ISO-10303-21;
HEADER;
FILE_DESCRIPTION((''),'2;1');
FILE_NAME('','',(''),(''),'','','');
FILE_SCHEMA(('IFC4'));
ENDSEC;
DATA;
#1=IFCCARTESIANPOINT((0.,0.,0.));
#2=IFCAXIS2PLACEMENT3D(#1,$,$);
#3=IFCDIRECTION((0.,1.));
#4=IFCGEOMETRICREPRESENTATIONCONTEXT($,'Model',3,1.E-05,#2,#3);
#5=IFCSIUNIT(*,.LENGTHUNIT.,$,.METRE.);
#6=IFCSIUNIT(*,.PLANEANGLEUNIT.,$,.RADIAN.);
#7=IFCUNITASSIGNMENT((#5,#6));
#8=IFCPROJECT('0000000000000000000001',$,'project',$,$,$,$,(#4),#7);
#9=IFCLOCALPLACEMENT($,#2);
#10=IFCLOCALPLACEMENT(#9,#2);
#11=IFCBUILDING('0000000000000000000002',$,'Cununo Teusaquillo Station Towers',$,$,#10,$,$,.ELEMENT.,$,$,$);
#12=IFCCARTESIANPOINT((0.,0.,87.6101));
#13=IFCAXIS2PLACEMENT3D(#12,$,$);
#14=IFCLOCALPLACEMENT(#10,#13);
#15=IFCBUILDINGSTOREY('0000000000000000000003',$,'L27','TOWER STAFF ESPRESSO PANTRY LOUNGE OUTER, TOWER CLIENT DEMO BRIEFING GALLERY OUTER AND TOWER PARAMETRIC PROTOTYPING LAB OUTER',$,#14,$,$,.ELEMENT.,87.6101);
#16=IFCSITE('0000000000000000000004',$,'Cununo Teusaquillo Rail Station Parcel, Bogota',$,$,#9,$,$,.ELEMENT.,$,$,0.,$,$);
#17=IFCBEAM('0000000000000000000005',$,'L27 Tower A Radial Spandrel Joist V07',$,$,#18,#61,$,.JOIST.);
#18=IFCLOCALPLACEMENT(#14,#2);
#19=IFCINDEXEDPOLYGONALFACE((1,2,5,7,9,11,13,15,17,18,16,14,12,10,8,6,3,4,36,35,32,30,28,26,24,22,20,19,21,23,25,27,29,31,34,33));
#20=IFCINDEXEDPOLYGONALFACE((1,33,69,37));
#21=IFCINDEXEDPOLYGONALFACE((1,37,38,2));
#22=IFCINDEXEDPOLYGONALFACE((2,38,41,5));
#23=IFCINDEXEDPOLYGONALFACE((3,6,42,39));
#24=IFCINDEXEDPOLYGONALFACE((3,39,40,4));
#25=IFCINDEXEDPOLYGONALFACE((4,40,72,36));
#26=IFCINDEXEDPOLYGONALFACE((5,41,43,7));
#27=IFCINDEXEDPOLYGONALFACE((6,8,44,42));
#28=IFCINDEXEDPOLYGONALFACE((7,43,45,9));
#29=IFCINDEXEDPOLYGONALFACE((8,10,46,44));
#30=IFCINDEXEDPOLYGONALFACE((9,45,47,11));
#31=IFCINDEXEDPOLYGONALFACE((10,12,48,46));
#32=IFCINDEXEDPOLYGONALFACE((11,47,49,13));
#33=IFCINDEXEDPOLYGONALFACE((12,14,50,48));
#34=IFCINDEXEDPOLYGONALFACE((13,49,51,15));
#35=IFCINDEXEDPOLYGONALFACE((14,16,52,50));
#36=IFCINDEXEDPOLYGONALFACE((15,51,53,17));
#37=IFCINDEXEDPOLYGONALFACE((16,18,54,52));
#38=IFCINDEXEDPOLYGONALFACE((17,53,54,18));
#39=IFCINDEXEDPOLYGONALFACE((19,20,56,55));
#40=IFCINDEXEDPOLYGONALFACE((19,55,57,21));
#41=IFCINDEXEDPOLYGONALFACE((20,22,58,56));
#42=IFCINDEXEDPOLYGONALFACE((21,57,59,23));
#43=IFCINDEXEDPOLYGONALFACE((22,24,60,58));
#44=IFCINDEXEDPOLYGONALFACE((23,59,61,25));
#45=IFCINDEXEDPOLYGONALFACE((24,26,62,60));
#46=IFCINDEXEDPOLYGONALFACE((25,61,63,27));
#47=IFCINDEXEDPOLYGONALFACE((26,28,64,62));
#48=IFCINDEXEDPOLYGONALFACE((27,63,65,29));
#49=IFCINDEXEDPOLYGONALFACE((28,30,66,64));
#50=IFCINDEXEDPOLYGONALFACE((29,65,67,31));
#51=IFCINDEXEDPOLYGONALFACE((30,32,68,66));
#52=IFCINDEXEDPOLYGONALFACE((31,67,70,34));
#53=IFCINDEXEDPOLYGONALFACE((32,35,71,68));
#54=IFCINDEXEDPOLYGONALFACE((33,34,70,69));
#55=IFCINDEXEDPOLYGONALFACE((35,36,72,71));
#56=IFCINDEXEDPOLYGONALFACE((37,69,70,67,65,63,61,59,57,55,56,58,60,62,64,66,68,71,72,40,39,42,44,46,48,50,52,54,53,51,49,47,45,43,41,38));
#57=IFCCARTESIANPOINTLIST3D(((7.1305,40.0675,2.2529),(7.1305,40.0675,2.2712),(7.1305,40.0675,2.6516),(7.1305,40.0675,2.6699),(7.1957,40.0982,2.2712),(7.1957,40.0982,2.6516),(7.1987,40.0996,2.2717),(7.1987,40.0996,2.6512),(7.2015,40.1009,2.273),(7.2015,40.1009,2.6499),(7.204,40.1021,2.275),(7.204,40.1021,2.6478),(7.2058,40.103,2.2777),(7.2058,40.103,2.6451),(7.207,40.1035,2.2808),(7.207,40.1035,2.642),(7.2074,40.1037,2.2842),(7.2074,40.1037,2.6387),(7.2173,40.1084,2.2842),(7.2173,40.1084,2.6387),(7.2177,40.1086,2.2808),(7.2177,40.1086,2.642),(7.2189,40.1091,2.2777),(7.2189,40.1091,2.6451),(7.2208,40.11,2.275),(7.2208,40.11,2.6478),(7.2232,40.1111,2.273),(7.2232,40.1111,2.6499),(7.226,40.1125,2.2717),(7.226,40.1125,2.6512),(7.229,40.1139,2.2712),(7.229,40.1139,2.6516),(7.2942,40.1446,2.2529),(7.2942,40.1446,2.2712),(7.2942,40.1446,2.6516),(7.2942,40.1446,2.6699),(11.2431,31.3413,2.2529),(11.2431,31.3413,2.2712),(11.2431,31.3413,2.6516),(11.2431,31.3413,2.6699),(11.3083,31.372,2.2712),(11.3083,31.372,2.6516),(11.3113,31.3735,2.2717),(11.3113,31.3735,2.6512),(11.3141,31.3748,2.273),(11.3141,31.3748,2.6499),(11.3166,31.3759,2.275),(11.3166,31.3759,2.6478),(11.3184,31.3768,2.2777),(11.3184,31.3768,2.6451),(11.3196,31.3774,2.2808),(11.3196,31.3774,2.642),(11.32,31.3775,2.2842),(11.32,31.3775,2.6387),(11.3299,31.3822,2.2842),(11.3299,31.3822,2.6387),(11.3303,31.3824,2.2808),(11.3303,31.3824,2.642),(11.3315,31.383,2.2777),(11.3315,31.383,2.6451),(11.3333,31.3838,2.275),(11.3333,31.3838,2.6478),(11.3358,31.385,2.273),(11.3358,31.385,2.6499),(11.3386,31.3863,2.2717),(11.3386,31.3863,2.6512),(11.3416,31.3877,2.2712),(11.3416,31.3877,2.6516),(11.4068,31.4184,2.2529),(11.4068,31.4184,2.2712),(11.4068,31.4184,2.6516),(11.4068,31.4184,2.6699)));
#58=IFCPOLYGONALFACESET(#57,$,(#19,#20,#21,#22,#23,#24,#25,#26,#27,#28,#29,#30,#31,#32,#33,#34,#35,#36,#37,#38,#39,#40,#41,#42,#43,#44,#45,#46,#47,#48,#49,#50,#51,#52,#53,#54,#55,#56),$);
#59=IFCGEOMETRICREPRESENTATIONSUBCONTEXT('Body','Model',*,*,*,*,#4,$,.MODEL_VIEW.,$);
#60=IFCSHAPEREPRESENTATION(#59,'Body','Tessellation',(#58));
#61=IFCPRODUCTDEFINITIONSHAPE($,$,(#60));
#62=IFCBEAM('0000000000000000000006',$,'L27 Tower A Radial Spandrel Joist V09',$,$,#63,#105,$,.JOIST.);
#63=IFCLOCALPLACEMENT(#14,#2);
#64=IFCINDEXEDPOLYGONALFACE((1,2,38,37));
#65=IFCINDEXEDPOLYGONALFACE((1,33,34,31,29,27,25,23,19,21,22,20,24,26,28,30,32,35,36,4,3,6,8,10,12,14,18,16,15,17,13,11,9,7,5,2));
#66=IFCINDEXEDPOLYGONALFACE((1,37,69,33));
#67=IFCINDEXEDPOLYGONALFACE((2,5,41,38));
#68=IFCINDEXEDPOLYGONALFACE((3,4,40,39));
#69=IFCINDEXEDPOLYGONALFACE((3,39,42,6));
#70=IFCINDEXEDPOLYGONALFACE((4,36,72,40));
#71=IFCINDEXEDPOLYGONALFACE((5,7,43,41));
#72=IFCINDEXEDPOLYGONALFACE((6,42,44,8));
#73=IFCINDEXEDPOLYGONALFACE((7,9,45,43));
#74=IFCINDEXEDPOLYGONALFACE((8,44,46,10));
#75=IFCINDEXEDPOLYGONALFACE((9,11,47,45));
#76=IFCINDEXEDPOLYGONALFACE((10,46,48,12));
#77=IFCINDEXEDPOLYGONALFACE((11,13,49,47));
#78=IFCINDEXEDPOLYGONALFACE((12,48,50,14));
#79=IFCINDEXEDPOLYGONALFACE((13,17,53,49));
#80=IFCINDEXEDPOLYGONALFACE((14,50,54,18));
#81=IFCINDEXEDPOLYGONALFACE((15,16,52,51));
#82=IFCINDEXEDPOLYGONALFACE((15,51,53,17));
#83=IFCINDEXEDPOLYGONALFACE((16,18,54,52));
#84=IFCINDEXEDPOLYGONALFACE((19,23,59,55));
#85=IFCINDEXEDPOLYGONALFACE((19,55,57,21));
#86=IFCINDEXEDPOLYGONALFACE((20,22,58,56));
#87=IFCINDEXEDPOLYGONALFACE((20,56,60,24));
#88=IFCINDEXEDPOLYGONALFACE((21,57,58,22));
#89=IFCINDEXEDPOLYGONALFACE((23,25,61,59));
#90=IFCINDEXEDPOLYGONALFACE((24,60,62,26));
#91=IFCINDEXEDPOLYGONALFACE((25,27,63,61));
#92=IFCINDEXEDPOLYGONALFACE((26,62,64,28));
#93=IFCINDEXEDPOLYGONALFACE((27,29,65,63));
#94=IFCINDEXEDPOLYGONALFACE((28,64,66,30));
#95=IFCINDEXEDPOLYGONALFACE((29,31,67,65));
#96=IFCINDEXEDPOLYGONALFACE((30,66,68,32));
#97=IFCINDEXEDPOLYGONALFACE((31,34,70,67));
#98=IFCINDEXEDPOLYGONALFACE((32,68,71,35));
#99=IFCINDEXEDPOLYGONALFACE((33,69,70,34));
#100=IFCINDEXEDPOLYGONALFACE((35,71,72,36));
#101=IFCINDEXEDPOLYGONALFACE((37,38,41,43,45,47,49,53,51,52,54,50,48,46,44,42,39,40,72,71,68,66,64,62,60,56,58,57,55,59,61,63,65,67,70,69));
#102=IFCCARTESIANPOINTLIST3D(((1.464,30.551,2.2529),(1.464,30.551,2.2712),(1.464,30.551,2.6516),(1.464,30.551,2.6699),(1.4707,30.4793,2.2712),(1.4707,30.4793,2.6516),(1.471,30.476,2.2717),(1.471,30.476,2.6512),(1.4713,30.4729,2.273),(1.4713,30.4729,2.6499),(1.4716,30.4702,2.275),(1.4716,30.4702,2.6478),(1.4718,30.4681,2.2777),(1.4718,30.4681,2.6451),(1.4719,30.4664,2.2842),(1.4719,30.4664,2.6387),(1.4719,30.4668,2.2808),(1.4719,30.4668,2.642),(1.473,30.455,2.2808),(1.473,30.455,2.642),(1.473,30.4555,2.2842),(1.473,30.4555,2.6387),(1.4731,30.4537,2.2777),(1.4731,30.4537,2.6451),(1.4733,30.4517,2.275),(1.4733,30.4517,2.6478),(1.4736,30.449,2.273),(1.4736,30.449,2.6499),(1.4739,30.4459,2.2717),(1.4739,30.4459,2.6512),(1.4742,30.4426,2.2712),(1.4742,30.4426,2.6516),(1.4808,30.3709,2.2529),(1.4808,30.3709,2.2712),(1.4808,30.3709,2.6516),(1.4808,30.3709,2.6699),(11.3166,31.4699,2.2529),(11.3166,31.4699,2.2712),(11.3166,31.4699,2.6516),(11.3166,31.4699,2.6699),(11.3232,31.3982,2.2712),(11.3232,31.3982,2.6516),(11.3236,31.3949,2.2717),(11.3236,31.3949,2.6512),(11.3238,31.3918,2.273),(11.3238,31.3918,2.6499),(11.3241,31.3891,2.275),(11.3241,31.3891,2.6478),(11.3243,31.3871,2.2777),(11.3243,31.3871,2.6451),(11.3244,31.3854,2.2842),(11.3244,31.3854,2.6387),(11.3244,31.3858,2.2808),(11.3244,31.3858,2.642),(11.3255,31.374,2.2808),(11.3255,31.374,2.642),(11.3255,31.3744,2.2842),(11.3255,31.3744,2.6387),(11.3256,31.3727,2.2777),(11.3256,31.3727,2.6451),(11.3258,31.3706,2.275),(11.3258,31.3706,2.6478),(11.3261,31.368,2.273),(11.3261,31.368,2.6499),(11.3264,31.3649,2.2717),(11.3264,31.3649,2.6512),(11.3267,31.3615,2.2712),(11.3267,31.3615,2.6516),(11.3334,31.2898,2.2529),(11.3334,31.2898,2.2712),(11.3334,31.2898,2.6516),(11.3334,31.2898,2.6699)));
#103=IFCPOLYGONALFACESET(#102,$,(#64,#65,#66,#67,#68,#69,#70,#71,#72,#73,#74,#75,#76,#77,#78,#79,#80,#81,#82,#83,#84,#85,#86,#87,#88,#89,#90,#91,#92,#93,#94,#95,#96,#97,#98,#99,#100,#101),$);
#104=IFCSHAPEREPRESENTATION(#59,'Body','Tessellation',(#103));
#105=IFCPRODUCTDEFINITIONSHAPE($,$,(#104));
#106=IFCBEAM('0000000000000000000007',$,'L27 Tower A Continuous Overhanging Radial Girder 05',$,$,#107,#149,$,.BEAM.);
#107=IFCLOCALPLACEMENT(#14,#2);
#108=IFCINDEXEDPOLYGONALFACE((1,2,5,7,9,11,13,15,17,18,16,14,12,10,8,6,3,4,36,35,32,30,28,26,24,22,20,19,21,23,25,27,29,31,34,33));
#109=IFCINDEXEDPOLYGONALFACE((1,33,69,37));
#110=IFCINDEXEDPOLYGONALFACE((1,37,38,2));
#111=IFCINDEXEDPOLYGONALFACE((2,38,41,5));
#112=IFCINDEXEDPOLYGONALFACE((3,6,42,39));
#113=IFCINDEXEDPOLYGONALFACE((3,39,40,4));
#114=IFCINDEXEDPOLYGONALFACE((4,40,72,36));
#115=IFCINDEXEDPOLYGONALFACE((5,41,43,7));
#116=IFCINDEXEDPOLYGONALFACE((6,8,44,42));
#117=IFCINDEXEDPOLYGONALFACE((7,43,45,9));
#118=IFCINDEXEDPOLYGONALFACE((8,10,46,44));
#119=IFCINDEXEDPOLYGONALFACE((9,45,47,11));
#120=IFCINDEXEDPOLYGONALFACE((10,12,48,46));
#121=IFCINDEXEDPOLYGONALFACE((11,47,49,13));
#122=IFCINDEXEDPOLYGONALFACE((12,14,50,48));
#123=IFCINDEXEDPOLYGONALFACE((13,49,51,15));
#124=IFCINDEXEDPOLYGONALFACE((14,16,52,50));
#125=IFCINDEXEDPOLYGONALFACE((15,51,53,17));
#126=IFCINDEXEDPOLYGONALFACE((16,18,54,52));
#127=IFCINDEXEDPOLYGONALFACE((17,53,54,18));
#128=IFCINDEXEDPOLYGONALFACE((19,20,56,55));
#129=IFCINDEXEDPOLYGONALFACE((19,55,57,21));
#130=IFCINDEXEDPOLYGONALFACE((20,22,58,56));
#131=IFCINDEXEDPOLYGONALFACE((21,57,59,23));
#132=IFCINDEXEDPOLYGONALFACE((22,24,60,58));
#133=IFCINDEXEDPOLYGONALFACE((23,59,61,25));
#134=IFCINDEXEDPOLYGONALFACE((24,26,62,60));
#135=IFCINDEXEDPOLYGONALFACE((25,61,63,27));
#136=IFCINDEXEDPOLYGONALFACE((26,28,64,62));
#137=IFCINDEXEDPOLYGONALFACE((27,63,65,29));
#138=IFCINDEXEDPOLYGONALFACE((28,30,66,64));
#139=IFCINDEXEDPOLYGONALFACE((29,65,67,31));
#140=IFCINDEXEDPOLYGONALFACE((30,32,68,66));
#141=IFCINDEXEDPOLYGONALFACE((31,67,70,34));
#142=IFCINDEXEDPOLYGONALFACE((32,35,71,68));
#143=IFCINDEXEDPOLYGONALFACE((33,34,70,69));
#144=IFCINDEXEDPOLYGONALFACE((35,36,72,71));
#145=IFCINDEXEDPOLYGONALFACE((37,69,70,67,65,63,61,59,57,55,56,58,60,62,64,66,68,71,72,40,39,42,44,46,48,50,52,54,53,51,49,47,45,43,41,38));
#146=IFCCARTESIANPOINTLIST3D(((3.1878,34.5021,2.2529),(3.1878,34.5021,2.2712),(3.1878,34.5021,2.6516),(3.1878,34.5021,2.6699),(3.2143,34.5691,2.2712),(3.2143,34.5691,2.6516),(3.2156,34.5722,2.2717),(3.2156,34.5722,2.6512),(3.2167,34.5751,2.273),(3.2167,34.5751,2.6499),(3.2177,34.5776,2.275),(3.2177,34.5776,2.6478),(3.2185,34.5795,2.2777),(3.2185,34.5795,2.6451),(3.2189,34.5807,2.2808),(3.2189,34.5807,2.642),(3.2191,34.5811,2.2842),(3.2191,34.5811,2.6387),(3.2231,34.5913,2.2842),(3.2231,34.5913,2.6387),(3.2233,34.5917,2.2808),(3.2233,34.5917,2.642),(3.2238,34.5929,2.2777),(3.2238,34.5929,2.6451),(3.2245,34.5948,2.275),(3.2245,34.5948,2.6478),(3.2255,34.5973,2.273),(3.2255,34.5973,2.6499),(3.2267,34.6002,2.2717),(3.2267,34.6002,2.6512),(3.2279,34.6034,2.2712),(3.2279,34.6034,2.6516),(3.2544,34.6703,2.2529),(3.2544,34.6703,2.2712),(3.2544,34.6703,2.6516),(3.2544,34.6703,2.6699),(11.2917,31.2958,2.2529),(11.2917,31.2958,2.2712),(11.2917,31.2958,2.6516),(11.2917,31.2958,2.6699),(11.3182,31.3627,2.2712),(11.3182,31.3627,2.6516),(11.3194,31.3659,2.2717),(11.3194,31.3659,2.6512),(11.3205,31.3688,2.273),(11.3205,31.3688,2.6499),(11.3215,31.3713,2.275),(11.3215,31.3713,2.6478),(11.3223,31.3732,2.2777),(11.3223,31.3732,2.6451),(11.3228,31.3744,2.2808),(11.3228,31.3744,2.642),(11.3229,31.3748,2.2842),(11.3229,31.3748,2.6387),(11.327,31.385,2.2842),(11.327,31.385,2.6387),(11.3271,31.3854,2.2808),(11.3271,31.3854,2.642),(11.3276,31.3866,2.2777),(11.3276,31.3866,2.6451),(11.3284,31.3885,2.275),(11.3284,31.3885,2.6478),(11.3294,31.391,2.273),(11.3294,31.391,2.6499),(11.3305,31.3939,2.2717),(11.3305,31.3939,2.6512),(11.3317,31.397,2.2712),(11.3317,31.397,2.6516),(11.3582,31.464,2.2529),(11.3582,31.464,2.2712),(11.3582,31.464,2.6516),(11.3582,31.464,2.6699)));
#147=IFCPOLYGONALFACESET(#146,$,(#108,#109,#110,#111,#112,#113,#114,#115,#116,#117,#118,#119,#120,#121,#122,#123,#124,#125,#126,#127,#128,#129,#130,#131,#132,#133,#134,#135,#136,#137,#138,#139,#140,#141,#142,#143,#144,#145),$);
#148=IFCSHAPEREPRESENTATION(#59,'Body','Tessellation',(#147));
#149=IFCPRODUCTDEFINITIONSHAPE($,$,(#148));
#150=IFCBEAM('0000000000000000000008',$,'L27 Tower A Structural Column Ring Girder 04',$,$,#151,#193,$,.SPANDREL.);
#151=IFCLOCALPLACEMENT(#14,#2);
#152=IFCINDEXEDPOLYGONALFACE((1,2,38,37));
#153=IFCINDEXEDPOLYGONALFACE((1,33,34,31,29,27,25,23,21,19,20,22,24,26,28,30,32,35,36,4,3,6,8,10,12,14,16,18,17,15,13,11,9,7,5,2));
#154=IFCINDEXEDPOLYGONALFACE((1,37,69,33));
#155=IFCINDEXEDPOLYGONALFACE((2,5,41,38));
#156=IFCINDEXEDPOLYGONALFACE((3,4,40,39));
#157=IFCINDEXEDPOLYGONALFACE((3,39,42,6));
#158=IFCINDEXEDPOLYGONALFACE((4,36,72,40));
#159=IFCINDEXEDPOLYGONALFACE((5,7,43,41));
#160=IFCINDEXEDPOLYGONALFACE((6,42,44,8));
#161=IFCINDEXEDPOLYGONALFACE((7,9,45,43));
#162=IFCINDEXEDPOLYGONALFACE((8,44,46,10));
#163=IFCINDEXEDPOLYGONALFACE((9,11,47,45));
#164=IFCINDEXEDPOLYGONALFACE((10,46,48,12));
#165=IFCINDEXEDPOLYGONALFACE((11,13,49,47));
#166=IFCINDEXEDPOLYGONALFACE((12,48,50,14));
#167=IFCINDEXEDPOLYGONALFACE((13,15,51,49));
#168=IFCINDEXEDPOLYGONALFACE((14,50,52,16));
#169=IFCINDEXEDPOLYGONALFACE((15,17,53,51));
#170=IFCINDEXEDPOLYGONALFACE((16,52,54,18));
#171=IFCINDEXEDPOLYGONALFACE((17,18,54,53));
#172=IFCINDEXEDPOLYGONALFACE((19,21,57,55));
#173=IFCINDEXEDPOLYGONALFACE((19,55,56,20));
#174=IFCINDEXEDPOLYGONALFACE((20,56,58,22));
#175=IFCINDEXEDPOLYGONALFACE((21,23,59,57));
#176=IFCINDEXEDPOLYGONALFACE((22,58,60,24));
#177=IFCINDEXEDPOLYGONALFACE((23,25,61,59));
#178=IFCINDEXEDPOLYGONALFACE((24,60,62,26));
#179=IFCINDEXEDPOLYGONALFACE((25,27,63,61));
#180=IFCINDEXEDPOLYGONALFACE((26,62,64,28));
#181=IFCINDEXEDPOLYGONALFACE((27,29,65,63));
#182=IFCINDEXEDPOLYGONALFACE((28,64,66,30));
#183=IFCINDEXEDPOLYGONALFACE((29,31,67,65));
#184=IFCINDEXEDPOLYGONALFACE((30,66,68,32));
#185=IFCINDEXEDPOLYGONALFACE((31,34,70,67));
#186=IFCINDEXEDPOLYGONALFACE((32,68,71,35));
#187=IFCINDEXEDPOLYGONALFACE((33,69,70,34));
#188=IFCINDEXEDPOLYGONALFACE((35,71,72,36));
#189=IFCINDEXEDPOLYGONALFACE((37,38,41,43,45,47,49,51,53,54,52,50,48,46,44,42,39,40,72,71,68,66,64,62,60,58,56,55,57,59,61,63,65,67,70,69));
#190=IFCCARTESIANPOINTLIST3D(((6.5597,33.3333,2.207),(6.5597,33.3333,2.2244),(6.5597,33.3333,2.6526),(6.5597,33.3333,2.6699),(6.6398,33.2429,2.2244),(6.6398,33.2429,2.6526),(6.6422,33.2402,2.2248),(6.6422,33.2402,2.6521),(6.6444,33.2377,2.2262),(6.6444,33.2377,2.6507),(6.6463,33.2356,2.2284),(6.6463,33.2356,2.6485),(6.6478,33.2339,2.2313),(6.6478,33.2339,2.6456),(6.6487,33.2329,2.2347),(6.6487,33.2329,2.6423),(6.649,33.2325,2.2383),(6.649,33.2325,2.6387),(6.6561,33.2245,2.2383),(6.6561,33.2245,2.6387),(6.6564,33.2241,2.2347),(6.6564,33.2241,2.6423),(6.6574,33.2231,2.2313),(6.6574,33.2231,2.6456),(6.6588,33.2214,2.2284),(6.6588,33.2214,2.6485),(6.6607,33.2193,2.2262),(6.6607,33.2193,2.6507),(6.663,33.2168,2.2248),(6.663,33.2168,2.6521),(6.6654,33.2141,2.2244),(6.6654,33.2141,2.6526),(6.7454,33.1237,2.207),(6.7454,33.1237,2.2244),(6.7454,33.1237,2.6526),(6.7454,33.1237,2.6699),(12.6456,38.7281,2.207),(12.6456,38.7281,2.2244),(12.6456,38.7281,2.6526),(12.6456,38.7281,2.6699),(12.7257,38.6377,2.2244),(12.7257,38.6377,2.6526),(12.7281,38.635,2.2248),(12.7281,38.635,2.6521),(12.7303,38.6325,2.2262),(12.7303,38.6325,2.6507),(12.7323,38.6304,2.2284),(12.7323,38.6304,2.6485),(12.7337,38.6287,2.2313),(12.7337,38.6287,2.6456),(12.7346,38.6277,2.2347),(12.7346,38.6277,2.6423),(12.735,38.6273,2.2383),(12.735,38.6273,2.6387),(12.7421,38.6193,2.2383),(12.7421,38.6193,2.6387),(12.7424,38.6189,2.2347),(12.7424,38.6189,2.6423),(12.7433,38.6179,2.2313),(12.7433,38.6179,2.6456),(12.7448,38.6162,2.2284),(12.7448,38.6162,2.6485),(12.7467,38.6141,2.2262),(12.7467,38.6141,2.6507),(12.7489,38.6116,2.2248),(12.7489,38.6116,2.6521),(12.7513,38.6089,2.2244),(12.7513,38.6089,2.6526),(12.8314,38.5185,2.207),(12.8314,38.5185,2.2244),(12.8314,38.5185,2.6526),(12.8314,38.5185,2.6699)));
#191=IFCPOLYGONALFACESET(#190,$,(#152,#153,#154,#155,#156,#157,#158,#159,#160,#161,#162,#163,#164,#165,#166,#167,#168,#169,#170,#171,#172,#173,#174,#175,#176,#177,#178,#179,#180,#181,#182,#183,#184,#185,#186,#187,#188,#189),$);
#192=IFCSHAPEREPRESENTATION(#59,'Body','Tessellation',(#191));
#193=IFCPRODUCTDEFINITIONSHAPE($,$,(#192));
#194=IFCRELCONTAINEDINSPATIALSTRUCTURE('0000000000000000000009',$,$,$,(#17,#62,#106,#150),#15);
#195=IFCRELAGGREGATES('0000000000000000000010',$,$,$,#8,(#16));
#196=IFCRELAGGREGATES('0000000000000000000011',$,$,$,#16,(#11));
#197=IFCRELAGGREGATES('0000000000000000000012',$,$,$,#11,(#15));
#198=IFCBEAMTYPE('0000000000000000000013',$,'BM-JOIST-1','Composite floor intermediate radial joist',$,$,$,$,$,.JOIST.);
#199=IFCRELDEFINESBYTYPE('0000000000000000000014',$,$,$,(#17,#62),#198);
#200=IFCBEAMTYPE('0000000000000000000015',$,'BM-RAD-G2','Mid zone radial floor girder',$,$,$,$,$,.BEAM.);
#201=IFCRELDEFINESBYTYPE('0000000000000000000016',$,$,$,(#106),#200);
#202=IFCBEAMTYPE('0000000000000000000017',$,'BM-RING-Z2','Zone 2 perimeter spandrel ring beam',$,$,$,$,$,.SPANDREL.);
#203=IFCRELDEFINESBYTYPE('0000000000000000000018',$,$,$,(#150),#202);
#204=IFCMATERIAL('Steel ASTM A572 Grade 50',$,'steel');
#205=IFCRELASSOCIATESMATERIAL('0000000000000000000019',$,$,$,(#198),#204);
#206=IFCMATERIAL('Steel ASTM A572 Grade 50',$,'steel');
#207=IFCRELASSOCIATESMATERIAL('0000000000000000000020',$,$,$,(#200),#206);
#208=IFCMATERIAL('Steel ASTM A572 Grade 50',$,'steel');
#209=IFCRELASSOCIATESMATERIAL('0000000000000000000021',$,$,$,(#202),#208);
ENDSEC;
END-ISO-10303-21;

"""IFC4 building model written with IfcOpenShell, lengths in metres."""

from ifc_helpers import new_model, si_unit, direction, frame, origin, origin_2d, place, context, subcontext, project, spatial, i_section, extrude, material, material_profile, profile_set, type_object, element, save


model = new_model("IFC4")

# Units and contexts
model_context = context("Model", 3, precision=1e-05, world=origin(), true_north=direction((0.0, 1.0)))
body_context = subcontext(model_context, "Body", "Model", "MODEL_VIEW")
ifc_project = project(units=[si_unit("LENGTHUNIT", "METRE"), si_unit("PLANEANGLEUNIT", "RADIAN")], contexts=[model_context])

# Site, building, storey
site_placement = place(None, origin())
site = spatial("IfcSite", under=ifc_project, at=site_placement, Name="Cununo Teusaquillo Rail Station Parcel, Bogota", CompositionType="ELEMENT", RefElevation=0.0)
building_placement = place(site_placement, origin())
building = spatial("IfcBuilding", under=site, at=building_placement, Name="Cununo Teusaquillo Station Towers", CompositionType="ELEMENT")
storey_placement = place(building_placement, frame((0.0, 0.0, 87.6101)))
storey = spatial("IfcBuildingStorey", under=building, at=storey_placement, Name="L27", Description="TOWER STAFF ESPRESSO PANTRY LOUNGE OUTER, TOWER CLIENT DEMO BRIEFING GALLERY OUTER AND TOWER PARAMETRIC PROTOTYPING LAB OUTER", CompositionType="ELEMENT", Elevation=87.6101)

# Beams
ifc_material_1 = material(Name="Steel ASTM A572 Grade 50", Category="steel")
ifc_material_profile_1 = material_profile(ifc_material_1, i_section(OverallWidth=0.1809, OverallDepth=0.417, WebThickness=0.011, FlangeThickness=0.0183, FilletRadius=0.0129, at=origin_2d()), Name="W16X57")
ifc_profile_set_1 = profile_set([ifc_material_profile_1], Name="Steel ASTM A572 Grade 50")
beam_type_1 = type_object("IfcBeamType", Name="BM-JOIST-1", Description="Composite floor intermediate radial joist", PredefinedType="JOIST", material=ifc_profile_set_1)
beam_1_placement = place(storey_placement, frame((11.325, 31.3799, 2.4614), z_axis=(-0.42632, 0.904572, 0.0), x_axis=(-0.904572, -0.42632, 0.0)))
element("IfcBeam", 1, at=beam_1_placement, inside=storey, type_object=beam_type_1, Name="L27 Tower A Radial Spandrel Joist V07", PredefinedType="JOIST", context=body_context, shape_type="SweptSolid", body=[
    extrude(i_section(OverallWidth=0.1809, OverallDepth=0.417, WebThickness=0.011, FlangeThickness=0.0183, FilletRadius=0.0129, at=origin_2d()), origin(), (0.0, 0.0, 1.0), 9.6467),
])
beam_2_placement = place(storey_placement, frame((11.325, 31.3799, 2.4614), z_axis=(-0.995679, -0.092867, 0.0), x_axis=(0.092867, -0.995679, 0.0)))
element("IfcBeam", 2, at=beam_2_placement, inside=storey, type_object=beam_type_1, Name="L27 Tower A Radial Spandrel Joist V09", PredefinedType="JOIST", context=body_context, shape_type="SweptSolid", body=[
    extrude(i_section(OverallWidth=0.1809, OverallDepth=0.417, WebThickness=0.011, FlangeThickness=0.0183, FilletRadius=0.0129, at=origin_2d()), origin(), (0.0, 0.0, 1.0), 9.8953),
])
ifc_material_2 = material(Name="Steel ASTM A572 Grade 50", Category="steel")
ifc_material_profile_2 = material_profile(ifc_material_2, i_section(OverallWidth=0.1809, OverallDepth=0.417, WebThickness=0.011, FlangeThickness=0.0183, FilletRadius=0.0129, at=origin_2d()), Name="W16X57")
ifc_profile_set_2 = profile_set([ifc_material_profile_2], Name="Steel ASTM A572 Grade 50")
beam_type_2 = type_object("IfcBeamType", Name="BM-RAD-G2", Description="Mid zone radial floor girder", PredefinedType="BEAM", material=ifc_profile_set_2)
beam_3_placement = place(storey_placement, frame((11.325, 31.3799, 2.4614), z_axis=(-0.929863, 0.367906, 0.0), x_axis=(-0.367906, -0.929863, 0.0)))
element("IfcBeam", 3, at=beam_3_placement, inside=storey, type_object=beam_type_2, Name="L27 Tower A Continuous Overhanging Radial Girder 05", PredefinedType="BEAM", context=body_context, shape_type="SweptSolid", body=[
    extrude(i_section(OverallWidth=0.1809, OverallDepth=0.417, WebThickness=0.011, FlangeThickness=0.0183, FilletRadius=0.0129, at=origin_2d()), origin(), (0.0, 0.0, 1.0), 8.7151),
])
ifc_material_3 = material(Name="Steel ASTM A572 Grade 50", Category="steel")
ifc_material_profile_3 = material_profile(ifc_material_3, i_section(OverallWidth=0.28, OverallDepth=0.4629, WebThickness=0.0107, FlangeThickness=0.0173, FilletRadius=0.0139, at=origin_2d()), Name="W18X76")
ifc_profile_set_3 = profile_set([ifc_material_profile_3], Name="Steel ASTM A572 Grade 50")
beam_type_3 = type_object("IfcBeamType", Name="BM-RING-Z2", Description="Zone 2 perimeter spandrel ring beam", PredefinedType="SPANDREL", material=ifc_profile_set_3)
beam_4_placement = place(storey_placement, frame((12.7385, 38.6233, 2.4385), z_axis=(-0.748321, -0.663337, 0.0), x_axis=(0.663337, -0.748321, 0.0)))
element("IfcBeam", 4, at=beam_4_placement, inside=storey, type_object=beam_type_3, Name="L27 Tower A Structural Column Ring Girder 04", PredefinedType="SPANDREL", context=body_context, shape_type="SweptSolid", body=[
    extrude(i_section(OverallWidth=0.28, OverallDepth=0.4629, WebThickness=0.0107, FlangeThickness=0.0173, FilletRadius=0.0139, at=origin_2d()), origin(), (0.0, 0.0, 1.0), 8.1328),
])

save(model, "model.ifc")
